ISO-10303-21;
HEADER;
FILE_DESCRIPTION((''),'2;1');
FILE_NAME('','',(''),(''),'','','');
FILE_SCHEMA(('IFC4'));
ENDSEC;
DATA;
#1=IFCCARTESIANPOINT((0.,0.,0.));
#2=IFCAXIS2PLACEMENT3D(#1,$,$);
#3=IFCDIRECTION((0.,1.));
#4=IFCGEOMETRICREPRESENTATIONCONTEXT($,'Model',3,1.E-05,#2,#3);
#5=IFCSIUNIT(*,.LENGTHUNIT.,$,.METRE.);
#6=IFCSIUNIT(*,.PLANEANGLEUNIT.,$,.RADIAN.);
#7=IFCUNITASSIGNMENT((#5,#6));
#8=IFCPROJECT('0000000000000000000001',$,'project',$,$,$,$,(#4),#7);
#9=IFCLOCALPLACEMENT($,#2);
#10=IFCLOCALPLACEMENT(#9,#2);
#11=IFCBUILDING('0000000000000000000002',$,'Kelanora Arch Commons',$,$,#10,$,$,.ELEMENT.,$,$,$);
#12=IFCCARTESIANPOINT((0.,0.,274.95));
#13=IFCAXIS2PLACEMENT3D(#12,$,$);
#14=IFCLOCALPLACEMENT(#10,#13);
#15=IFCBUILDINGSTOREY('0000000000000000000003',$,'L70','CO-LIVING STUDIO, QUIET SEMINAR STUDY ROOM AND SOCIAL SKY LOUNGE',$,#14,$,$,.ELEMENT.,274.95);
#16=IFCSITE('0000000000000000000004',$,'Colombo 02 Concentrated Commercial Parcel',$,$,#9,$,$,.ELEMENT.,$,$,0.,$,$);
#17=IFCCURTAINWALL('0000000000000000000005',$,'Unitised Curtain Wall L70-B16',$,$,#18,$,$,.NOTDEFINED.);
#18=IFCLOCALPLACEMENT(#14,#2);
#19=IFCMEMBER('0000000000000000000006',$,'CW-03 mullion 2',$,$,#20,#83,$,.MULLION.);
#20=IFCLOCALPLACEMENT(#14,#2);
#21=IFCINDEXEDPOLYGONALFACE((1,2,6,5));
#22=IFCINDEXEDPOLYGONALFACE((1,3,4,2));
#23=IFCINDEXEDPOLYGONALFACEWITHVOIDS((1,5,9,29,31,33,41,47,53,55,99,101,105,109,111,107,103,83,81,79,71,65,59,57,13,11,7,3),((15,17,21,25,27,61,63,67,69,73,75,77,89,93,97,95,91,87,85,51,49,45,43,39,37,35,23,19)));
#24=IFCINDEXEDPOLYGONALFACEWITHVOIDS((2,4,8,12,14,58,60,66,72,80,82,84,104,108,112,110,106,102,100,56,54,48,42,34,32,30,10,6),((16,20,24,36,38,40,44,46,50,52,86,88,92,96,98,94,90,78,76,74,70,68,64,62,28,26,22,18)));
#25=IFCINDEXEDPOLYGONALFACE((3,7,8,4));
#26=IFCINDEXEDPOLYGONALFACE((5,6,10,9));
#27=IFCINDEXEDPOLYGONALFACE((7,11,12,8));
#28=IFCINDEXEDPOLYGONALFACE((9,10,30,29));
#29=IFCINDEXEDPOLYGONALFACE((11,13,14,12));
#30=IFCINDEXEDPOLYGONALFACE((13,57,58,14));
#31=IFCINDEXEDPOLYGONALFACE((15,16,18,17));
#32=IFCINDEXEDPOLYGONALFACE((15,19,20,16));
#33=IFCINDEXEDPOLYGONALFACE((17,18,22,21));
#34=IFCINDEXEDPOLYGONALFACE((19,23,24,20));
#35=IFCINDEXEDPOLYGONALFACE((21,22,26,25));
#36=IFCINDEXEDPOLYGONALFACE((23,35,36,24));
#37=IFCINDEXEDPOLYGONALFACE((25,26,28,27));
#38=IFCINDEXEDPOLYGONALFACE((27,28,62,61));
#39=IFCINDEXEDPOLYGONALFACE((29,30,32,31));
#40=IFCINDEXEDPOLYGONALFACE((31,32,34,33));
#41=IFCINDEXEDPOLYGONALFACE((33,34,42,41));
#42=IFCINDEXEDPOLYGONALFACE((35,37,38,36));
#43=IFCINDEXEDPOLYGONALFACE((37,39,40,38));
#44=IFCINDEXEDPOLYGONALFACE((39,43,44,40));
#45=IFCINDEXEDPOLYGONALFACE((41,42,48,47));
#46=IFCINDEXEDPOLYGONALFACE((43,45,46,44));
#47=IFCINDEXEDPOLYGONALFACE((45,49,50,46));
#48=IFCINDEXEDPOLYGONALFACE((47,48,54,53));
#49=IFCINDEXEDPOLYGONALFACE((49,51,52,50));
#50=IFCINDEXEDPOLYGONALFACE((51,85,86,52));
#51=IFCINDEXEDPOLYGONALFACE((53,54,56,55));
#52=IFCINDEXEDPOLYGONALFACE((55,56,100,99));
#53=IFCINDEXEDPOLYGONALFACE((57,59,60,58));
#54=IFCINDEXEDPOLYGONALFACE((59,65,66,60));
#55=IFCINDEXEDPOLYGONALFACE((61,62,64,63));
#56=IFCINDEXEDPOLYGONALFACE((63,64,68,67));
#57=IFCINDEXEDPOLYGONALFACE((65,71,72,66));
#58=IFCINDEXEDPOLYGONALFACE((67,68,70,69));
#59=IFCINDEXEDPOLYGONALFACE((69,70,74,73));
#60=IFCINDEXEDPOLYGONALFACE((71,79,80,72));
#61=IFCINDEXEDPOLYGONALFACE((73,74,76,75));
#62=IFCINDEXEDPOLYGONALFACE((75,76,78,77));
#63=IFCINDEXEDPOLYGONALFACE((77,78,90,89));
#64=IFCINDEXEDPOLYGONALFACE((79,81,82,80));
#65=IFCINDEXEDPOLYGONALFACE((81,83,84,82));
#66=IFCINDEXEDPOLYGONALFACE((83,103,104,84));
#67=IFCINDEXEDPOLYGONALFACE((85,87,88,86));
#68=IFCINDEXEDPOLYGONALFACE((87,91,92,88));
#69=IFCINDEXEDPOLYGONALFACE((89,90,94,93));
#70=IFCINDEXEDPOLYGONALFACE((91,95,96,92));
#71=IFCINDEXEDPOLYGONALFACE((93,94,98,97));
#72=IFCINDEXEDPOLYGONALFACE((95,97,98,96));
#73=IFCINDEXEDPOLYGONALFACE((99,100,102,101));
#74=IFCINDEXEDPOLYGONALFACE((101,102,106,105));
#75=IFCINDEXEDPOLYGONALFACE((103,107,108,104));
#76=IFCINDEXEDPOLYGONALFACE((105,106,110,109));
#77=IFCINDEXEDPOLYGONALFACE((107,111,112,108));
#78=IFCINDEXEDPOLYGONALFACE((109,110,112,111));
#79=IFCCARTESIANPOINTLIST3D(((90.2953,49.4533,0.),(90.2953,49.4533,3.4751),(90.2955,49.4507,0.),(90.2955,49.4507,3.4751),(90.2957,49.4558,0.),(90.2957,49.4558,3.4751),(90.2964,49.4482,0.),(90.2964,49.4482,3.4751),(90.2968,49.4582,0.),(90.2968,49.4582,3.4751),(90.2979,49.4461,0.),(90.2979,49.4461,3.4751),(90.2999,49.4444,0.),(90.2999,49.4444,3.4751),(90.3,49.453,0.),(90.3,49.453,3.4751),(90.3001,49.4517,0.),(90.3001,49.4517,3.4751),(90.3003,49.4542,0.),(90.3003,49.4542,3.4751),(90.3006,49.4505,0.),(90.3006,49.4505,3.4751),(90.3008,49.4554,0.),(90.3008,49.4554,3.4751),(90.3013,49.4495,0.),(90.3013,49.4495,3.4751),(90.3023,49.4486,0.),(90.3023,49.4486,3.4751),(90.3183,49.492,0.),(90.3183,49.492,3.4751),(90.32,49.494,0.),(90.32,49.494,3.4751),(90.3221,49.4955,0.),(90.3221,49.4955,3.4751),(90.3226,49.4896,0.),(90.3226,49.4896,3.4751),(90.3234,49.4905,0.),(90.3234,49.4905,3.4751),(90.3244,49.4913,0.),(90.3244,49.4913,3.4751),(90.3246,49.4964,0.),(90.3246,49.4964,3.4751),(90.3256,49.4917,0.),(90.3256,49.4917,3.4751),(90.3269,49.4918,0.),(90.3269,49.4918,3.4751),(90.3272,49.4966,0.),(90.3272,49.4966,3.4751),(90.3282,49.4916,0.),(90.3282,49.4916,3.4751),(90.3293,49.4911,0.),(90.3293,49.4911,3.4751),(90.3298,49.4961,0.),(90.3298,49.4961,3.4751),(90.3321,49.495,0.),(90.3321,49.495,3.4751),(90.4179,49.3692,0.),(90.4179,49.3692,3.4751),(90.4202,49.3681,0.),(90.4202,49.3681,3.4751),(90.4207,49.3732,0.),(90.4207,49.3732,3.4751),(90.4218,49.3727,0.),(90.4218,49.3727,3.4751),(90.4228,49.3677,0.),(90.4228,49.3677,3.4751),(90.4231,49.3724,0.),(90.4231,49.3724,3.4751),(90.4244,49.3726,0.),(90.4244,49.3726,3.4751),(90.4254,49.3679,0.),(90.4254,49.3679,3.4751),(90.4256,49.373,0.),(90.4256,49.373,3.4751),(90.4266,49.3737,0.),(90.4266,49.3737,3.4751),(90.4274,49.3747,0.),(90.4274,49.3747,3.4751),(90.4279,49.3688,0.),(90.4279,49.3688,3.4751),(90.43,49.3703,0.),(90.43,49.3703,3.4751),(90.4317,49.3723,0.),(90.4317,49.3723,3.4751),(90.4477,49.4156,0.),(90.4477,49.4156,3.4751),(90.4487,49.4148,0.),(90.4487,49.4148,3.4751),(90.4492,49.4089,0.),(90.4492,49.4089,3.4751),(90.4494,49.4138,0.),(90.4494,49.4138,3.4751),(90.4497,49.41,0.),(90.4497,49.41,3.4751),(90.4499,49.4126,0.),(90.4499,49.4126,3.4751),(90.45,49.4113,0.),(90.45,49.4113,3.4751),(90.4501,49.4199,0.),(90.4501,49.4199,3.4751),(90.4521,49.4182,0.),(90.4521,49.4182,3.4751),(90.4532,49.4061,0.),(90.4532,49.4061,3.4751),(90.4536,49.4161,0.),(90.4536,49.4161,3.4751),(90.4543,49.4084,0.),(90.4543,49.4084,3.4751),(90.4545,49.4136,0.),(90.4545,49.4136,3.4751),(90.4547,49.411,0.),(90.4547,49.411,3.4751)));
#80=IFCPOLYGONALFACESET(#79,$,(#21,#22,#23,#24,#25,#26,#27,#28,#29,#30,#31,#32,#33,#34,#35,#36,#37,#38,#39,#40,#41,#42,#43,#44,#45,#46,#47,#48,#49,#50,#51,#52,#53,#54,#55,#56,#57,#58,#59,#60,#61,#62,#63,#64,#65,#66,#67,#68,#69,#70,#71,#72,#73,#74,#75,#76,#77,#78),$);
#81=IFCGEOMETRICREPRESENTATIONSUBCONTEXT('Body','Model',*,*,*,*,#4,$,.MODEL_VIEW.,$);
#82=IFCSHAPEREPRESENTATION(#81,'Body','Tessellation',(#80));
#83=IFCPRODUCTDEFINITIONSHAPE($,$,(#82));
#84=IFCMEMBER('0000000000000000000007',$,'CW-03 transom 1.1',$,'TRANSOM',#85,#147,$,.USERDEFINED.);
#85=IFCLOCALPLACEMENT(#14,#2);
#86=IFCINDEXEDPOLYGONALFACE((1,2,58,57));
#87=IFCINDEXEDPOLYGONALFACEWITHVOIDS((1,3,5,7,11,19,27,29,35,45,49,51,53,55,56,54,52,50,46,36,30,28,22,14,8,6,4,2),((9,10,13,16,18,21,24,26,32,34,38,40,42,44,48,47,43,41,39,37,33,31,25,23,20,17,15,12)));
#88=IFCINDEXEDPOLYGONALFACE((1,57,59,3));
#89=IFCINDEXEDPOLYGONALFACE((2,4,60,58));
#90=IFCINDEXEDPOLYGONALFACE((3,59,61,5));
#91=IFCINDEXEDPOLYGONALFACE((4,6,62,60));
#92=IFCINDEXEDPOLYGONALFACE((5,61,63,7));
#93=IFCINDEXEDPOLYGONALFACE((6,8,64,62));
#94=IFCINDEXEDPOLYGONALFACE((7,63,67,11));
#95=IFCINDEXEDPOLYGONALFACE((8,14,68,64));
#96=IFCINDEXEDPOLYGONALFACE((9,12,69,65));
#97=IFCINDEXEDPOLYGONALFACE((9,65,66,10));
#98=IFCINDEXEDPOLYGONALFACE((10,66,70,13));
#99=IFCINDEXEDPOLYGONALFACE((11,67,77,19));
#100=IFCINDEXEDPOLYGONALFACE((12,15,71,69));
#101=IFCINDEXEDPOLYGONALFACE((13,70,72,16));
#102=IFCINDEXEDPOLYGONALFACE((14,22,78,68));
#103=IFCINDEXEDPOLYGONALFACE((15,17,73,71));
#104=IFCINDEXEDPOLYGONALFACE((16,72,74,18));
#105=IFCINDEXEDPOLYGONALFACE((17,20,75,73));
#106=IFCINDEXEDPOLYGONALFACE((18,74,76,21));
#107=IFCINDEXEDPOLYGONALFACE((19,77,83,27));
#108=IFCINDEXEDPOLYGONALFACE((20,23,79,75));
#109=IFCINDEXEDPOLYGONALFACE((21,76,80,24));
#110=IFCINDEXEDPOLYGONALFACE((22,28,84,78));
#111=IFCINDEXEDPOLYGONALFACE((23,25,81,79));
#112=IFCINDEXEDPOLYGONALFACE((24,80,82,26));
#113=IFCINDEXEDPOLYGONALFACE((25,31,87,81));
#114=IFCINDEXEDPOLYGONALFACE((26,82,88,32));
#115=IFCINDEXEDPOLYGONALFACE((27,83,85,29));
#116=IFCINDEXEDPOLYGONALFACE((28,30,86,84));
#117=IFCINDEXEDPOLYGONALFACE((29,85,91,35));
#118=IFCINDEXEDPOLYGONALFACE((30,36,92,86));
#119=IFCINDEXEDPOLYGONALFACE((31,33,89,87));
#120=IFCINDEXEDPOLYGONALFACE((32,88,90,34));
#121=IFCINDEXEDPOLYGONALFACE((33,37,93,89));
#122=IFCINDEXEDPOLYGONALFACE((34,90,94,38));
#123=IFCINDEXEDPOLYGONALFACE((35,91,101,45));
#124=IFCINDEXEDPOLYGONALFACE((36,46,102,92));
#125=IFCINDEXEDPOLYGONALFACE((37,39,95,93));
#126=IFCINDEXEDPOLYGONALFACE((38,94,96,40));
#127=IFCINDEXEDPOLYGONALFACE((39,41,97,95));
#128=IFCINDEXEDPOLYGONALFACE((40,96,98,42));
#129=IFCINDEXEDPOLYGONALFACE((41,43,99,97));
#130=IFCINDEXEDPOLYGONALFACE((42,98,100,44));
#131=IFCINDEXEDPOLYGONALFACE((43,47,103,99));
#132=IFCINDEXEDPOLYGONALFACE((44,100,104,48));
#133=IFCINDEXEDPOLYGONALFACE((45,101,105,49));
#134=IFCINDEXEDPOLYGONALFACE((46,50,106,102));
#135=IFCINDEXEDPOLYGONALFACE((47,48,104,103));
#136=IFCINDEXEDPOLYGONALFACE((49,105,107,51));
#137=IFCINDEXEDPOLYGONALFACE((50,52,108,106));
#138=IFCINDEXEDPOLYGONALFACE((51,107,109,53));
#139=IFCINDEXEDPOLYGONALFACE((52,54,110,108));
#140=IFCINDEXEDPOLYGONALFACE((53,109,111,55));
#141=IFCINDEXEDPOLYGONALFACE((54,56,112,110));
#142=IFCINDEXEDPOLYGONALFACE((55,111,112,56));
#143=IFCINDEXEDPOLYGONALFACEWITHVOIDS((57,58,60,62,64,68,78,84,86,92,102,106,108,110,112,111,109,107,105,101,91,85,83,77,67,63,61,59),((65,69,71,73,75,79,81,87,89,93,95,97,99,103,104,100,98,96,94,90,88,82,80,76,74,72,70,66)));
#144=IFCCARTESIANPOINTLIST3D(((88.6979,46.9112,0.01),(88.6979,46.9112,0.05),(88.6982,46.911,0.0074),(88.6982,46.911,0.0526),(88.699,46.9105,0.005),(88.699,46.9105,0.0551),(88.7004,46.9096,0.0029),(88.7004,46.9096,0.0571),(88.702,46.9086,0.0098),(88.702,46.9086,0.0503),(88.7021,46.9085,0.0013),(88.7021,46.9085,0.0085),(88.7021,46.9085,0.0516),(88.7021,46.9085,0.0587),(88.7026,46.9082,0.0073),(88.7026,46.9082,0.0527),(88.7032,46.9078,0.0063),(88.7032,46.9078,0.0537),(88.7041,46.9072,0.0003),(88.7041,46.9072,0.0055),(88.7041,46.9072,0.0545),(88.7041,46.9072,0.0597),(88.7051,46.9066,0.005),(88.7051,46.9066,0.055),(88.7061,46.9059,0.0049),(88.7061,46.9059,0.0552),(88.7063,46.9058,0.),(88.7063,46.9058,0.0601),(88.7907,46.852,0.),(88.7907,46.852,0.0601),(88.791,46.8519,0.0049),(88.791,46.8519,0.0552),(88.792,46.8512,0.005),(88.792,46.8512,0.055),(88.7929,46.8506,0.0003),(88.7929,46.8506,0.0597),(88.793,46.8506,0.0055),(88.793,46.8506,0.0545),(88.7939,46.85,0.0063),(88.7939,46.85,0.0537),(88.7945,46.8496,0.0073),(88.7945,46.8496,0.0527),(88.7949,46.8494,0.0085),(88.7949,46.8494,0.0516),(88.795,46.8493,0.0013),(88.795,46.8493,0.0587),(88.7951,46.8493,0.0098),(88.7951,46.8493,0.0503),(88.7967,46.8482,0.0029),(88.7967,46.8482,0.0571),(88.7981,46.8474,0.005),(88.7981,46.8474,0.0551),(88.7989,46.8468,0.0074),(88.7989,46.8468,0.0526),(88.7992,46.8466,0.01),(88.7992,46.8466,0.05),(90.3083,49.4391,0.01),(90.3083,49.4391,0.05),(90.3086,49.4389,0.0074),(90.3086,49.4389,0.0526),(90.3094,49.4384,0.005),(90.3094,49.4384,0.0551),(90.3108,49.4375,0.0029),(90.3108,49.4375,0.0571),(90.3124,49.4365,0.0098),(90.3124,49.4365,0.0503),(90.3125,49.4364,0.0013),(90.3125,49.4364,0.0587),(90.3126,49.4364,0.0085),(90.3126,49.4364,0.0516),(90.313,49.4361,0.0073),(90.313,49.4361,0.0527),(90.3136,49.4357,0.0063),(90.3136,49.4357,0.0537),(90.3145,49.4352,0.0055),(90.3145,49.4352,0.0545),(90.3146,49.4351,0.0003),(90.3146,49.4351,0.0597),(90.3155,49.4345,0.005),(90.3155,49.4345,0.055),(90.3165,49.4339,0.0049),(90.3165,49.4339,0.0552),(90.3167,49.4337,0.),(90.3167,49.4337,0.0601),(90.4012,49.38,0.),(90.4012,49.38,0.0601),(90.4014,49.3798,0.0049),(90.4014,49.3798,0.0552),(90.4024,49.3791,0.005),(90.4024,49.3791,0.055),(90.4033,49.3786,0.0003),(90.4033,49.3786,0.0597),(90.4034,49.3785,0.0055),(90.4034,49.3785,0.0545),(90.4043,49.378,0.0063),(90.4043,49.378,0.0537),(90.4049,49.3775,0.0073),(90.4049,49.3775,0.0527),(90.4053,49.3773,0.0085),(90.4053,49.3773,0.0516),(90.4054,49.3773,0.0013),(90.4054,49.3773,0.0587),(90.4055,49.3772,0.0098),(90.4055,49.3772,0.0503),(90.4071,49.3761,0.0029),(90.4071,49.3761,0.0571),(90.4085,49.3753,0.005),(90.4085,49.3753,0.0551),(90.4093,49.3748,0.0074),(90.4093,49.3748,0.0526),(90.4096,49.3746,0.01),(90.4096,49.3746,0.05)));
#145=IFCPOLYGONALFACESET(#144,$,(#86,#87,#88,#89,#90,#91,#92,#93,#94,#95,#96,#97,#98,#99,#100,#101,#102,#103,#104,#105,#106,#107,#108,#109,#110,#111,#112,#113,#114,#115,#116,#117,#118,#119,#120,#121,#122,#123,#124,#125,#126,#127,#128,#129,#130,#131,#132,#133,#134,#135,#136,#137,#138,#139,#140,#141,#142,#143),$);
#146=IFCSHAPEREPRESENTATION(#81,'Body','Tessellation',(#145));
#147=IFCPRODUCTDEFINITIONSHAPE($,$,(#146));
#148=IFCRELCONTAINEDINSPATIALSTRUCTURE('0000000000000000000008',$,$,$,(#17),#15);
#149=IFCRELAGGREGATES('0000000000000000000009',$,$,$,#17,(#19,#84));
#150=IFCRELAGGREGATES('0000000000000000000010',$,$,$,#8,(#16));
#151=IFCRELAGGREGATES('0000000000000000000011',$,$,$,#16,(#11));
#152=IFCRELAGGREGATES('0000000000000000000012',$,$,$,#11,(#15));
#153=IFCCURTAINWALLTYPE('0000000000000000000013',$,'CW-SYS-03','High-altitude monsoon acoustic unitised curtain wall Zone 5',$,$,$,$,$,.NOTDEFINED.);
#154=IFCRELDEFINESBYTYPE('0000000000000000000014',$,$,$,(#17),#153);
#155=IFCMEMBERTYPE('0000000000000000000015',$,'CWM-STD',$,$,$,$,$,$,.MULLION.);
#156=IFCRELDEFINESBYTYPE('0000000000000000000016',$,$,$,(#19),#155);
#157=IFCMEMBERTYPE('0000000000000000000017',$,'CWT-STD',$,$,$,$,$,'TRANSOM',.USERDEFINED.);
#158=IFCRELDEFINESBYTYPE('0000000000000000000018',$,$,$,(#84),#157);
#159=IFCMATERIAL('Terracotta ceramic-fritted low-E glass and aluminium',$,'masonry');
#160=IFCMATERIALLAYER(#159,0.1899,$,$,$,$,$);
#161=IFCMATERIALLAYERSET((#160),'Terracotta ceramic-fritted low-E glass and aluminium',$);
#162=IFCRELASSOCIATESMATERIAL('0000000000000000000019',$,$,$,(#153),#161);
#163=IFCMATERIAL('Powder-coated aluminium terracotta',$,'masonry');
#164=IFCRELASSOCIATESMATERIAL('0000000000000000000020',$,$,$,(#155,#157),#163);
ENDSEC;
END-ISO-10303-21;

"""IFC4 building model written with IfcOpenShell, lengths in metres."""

from ifc_helpers import new_model, si_unit, direction, frame, origin, origin_2d, place, context, subcontext, project, spatial, hollow_rectangle, extrude, material, layer, layer_set, material_profile, profile_set, type_object, element, aggregate, save


model = new_model("IFC4")

# Units and contexts
model_context = context("Model", 3, precision=1e-05, world=origin(), true_north=direction((0.0, 1.0)))
body_context = subcontext(model_context, "Body", "Model", "MODEL_VIEW")
ifc_project = project(units=[si_unit("LENGTHUNIT", "METRE"), si_unit("PLANEANGLEUNIT", "RADIAN")], contexts=[model_context])

# Site, building, storey
site_placement = place(None, origin())
site = spatial("IfcSite", under=ifc_project, at=site_placement, Name="Colombo 02 Concentrated Commercial Parcel", CompositionType="ELEMENT", RefElevation=0.0)
building_placement = place(site_placement, origin())
building = spatial("IfcBuilding", under=site, at=building_placement, Name="Kelanora Arch Commons", CompositionType="ELEMENT")
storey_placement = place(building_placement, frame((0.0, 0.0, 274.95)))
storey = spatial("IfcBuildingStorey", under=building, at=storey_placement, Name="L70", Description="CO-LIVING STUDIO, QUIET SEMINAR STUDY ROOM AND SOCIAL SKY LOUNGE", CompositionType="ELEMENT", Elevation=274.95)

# Shared definitions
ifc_material_1 = material(Name="Terracotta ceramic-fritted low-E glass and aluminium", Category="masonry")
ifc_layer_1 = layer(ifc_material_1, 0.1899)
ifc_layer_set_1 = layer_set([ifc_layer_1], Name="Terracotta ceramic-fritted low-E glass and aluminium")
curtain_wall_type = type_object("IfcCurtainWallType", Name="CW-SYS-03", Description="High-altitude monsoon acoustic unitised curtain wall Zone 5", PredefinedType="NOTDEFINED", material=ifc_layer_set_1)
ifc_material_2 = material(Name="Powder-coated aluminium terracotta", Category="masonry")
ifc_material_profile_1 = material_profile(ifc_material_2, hollow_rectangle(XDim=0.1599, YDim=0.0601, WallThickness=0.0049, InnerFilletRadius=0.0049, OuterFilletRadius=0.01, at=origin_2d()), Name="CWM160x60")
ifc_profile_set_1 = profile_set([ifc_material_profile_1], Name="Powder-coated aluminium terracotta")
member_type_1 = type_object("IfcMemberType", Name="CWM-STD", PredefinedType="MULLION", material=ifc_profile_set_1)

# Curtain wall, members
curtain_wall_1_placement = place(storey_placement, origin())
curtain_wall_1 = element("IfcCurtainWall", 1, at=curtain_wall_1_placement, inside=storey, type_object=curtain_wall_type, Name="Unitised Curtain Wall L70-B16", PredefinedType="NOTDEFINED")
member_1_placement = place(storey_placement, frame((90.375, 49.4321, 0.0), z_axis=(0.0, 0.0, 1.0), x_axis=(-0.843391, 0.5373, 0.0)))
member_1 = element("IfcMember", 2, at=member_1_placement, type_object=member_type_1, Name="CW-03 mullion 2", PredefinedType="MULLION", context=body_context, shape_type="SweptSolid", body=[
    extrude(hollow_rectangle(XDim=0.1599, YDim=0.0601, WallThickness=0.0049, InnerFilletRadius=0.0049, OuterFilletRadius=0.01, at=origin_2d()), origin(), (0.0, 0.0, 1.0), 3.4751),
])
ifc_material_profile_2 = material_profile(ifc_material_2, hollow_rectangle(XDim=0.1201, YDim=0.0601, WallThickness=0.0049, InnerFilletRadius=0.0049, OuterFilletRadius=0.01, at=origin_2d()), Name="CWT120x60")
ifc_profile_set_2 = profile_set([ifc_material_profile_2], Name="Powder-coated aluminium terracotta")
member_type_2 = type_object("IfcMemberType", Name="CWT-STD", ElementType="TRANSOM", PredefinedType="USERDEFINED", material=ifc_profile_set_2)
member_2_placement = place(storey_placement, frame((88.7485, 46.8789, 0.03), z_axis=(0.537287, 0.8434, 0.0), x_axis=(-0.8434, 0.537287, 0.0)))
member_2 = element("IfcMember", 3, at=member_2_placement, type_object=member_type_2, Name="CW-03 transom 1.1", ObjectType="TRANSOM", PredefinedType="USERDEFINED", context=body_context, shape_type="SweptSolid", body=[
    extrude(hollow_rectangle(XDim=0.1201, YDim=0.0601, WallThickness=0.0049, InnerFilletRadius=0.0049, OuterFilletRadius=0.01, at=origin_2d()), origin(), (0.0, 0.0, 1.0), 2.9973),
])

aggregate(curtain_wall_1, [member_1, member_2])

save(model, "model.ifc")
